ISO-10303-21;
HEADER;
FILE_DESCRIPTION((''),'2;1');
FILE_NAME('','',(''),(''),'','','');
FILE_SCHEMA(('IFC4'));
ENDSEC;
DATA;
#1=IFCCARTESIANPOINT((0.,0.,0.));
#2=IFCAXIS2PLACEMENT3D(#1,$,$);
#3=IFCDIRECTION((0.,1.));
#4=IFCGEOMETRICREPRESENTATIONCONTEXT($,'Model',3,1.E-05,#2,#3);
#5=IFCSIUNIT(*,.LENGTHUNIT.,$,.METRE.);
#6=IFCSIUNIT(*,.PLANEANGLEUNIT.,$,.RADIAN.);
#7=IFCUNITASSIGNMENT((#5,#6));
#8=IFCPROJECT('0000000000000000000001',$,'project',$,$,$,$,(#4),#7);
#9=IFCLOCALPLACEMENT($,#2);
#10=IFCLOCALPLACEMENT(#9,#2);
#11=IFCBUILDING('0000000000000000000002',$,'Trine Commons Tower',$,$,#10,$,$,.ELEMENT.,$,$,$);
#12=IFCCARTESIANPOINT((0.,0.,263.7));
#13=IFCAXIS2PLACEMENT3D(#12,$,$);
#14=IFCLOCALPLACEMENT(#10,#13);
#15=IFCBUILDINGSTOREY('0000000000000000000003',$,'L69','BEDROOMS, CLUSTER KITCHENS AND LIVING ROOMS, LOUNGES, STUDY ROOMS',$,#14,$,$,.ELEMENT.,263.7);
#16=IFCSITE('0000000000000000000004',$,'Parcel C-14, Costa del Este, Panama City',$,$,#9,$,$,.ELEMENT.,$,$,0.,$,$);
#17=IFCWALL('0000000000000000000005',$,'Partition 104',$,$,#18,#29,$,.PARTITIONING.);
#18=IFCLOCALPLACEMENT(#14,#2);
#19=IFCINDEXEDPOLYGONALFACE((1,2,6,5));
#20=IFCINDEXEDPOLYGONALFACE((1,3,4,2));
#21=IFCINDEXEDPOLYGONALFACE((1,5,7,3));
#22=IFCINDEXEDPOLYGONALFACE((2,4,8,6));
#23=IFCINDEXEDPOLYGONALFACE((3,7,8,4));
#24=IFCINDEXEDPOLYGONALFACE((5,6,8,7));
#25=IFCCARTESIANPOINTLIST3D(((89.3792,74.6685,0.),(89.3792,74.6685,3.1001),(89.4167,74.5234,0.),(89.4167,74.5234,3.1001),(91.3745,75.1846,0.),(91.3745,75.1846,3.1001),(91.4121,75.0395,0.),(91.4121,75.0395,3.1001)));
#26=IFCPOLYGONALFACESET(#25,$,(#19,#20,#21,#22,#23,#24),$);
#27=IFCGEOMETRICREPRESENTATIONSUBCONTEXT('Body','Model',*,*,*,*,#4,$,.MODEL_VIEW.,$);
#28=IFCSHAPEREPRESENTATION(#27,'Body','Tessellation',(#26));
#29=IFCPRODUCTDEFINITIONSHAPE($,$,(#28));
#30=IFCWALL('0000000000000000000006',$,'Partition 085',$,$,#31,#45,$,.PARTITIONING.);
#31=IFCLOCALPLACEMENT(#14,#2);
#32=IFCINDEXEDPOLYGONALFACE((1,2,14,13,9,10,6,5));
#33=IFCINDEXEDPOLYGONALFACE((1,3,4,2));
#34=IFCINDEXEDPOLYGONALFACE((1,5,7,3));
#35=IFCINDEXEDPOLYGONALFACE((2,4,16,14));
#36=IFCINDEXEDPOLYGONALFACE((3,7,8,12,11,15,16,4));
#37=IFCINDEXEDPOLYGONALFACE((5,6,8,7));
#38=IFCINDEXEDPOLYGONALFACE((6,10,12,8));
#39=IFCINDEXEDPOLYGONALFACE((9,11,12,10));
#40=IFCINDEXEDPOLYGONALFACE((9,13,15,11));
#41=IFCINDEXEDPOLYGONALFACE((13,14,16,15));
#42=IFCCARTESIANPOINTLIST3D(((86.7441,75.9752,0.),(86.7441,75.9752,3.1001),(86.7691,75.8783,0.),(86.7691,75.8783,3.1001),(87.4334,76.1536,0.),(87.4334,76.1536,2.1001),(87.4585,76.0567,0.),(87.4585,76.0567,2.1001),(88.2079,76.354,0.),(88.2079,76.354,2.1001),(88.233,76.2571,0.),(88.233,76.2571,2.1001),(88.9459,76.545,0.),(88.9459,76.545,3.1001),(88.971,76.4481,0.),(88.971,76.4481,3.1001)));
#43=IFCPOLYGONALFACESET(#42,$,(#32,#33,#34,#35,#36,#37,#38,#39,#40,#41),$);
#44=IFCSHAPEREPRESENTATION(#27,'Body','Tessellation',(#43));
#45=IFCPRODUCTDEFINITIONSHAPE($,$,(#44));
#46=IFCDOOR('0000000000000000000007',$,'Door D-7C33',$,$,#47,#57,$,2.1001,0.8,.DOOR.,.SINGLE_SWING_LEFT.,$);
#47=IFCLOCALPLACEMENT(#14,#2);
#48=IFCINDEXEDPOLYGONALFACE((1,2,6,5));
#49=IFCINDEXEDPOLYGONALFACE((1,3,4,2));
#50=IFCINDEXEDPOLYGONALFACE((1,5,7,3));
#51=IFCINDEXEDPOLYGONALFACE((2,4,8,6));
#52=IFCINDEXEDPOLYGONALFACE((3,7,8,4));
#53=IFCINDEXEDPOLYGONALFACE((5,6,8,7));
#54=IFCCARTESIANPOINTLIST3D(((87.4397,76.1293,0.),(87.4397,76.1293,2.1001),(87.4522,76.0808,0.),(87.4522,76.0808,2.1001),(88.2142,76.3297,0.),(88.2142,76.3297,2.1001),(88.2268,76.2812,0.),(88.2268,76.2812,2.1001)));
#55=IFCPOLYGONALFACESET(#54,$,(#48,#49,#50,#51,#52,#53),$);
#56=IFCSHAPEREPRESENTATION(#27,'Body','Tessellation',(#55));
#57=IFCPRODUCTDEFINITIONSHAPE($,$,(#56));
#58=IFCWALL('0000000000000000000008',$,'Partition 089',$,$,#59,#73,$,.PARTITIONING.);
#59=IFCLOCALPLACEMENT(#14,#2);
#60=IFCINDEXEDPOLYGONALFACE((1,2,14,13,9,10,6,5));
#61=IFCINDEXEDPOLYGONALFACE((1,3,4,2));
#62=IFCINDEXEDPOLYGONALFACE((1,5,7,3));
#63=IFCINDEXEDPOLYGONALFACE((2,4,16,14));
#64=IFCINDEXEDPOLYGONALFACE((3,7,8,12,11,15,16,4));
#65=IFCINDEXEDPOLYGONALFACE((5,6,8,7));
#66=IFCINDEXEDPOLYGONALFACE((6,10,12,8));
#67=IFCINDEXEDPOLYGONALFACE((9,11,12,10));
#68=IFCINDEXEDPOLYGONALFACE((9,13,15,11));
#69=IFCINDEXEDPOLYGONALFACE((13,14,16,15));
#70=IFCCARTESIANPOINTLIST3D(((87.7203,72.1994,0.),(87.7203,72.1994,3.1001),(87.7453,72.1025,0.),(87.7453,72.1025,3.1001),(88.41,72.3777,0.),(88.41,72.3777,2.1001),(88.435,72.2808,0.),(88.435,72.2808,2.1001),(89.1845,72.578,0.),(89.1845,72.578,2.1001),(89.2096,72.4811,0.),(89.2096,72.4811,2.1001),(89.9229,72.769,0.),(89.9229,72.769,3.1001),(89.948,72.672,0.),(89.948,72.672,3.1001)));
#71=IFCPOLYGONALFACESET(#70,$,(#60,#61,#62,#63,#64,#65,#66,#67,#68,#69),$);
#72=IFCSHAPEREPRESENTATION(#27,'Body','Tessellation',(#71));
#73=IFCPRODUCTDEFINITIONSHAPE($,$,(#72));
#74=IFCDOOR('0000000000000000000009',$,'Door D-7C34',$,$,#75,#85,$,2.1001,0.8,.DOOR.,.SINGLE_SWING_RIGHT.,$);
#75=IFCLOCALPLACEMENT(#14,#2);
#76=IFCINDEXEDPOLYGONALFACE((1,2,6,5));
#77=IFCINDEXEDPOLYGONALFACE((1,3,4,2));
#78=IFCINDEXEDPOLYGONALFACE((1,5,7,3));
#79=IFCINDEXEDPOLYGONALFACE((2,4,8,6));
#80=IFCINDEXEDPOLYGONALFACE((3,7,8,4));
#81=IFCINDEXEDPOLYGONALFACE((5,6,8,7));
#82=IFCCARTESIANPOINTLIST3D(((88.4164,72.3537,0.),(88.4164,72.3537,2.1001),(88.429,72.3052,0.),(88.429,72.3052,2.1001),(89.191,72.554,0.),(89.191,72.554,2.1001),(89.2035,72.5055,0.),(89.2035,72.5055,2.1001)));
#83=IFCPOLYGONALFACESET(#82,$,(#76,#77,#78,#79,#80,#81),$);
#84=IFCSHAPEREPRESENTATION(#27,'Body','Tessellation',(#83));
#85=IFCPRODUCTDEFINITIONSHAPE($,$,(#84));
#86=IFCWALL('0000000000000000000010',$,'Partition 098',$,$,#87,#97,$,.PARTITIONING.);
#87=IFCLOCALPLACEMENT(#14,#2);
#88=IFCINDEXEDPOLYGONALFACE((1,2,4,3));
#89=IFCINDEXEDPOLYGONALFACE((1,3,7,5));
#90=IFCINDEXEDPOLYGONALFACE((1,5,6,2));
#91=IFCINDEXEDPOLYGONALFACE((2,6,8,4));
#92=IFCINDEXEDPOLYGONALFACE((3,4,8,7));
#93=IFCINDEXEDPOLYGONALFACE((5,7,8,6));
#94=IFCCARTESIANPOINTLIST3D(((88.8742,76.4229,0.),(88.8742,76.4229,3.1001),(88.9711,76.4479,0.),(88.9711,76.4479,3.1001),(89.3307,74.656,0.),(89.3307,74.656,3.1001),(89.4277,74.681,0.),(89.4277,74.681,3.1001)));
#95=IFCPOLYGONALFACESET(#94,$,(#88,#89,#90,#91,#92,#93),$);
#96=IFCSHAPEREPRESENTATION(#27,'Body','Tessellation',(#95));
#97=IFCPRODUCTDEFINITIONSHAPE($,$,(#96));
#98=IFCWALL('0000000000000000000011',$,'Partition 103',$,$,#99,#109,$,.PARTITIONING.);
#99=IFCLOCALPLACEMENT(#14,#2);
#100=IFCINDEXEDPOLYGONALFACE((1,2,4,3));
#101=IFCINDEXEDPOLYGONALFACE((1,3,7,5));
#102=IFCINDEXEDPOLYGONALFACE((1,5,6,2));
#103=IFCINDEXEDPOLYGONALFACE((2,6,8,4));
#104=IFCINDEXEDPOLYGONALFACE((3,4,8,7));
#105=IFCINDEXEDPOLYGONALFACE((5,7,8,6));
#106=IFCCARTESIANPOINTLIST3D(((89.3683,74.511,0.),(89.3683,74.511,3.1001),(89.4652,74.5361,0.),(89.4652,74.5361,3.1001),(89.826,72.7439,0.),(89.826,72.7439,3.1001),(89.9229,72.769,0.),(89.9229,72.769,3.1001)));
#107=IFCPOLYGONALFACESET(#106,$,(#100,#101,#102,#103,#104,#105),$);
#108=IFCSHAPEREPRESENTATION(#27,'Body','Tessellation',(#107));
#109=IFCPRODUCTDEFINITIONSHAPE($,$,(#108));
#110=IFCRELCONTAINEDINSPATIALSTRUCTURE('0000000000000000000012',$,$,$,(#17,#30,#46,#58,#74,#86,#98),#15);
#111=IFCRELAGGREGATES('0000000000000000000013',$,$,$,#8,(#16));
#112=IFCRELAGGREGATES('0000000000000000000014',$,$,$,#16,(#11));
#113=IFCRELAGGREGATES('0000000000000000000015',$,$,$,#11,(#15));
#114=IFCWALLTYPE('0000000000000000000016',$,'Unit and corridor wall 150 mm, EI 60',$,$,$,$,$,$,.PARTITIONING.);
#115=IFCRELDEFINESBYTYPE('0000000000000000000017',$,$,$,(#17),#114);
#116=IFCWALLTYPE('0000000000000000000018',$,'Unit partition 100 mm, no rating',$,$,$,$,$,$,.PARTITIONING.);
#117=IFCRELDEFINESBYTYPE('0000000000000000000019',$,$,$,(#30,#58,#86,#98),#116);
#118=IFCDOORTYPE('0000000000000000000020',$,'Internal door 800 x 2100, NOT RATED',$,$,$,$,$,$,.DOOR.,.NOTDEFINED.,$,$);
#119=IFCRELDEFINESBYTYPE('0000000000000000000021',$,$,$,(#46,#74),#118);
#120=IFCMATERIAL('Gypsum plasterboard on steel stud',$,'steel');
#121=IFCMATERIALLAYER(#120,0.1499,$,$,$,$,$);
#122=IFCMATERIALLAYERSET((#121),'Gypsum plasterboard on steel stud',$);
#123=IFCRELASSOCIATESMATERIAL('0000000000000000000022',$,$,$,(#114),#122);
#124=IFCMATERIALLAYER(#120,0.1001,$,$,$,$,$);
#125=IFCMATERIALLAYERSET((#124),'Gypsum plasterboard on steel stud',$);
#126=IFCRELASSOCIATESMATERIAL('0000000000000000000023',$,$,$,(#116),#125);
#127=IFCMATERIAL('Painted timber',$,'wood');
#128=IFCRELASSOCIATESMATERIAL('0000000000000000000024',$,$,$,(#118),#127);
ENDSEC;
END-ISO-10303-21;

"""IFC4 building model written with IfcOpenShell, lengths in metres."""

from ifc_helpers import new_model, si_unit, direction, frame, frame_2d, origin, place, context, subcontext, project, spatial, rectangle, extrude, material, layer, layer_set, type_object, element, fill, save


model = new_model("IFC4")

# Units and contexts
model_context = context("Model", 3, precision=1e-05, world=origin(), true_north=direction((0.0, 1.0)))
body_context = subcontext(model_context, "Body", "Model", "MODEL_VIEW")
ifc_project = project(units=[si_unit("LENGTHUNIT", "METRE"), si_unit("PLANEANGLEUNIT", "RADIAN")], contexts=[model_context])

# Site, building, storey
site_placement = place(None, origin())
site = spatial("IfcSite", under=ifc_project, at=site_placement, Name="Parcel C-14, Costa del Este, Panama City", CompositionType="ELEMENT", RefElevation=0.0)
building_placement = place(site_placement, origin())
building = spatial("IfcBuilding", under=site, at=building_placement, Name="Trine Commons Tower", CompositionType="ELEMENT")
storey_placement = place(building_placement, frame((0.0, 0.0, 263.7)))
storey = spatial("IfcBuildingStorey", under=building, at=storey_placement, Name="L69", Description="BEDROOMS, CLUSTER KITCHENS AND LIVING ROOMS, LOUNGES, STUDY ROOMS", CompositionType="ELEMENT", Elevation=263.7)

# Shared definitions
ifc_material_1 = material(Name="Gypsum plasterboard on steel stud", Category="steel")
ifc_layer_1 = layer(ifc_material_1, 0.1499)
ifc_layer_set_1 = layer_set([ifc_layer_1], Name="Gypsum plasterboard on steel stud")
wall_type_1 = type_object("IfcWallType", Name="Unit and corridor wall 150 mm, EI 60", PredefinedType="PARTITIONING", material=ifc_layer_set_1)

# Wall
wall_1_placement = place(storey_placement, frame((89.3979, 74.5959, 0.0), z_axis=(0.0, 0.0, 1.0), x_axis=(0.968138, 0.250415, 0.0)))
element("IfcWall", 1, at=wall_1_placement, inside=storey, type_object=wall_type_1, Name="Partition 104", PredefinedType="PARTITIONING", context=body_context, shape_type="SweptSolid", body=[
    extrude(rectangle(XDim=2.061, YDim=0.1499, at=frame_2d((1.0305, 0.0))), origin(), (0.0, 0.0, 1.0), 3.1001),
])

# Walls, openings, doors
ifc_layer_2 = layer(ifc_material_1, 0.1001)
ifc_layer_set_2 = layer_set([ifc_layer_2], Name="Gypsum plasterboard on steel stud")
wall_type_2 = type_object("IfcWallType", Name="Unit partition 100 mm, no rating", PredefinedType="PARTITIONING", material=ifc_layer_set_2)
wall_2_placement = place(storey_placement, frame((86.7566, 75.9268, 0.0), z_axis=(0.0, 0.0, 1.0), x_axis=(0.968108, 0.250534, 0.0)))
wall_2 = element("IfcWall", 2, at=wall_2_placement, inside=storey, type_object=wall_type_2, Name="Partition 085", PredefinedType="PARTITIONING", context=body_context, shape_type="SweptSolid", body=[
    extrude(rectangle(XDim=2.2744, YDim=0.1001, at=frame_2d((1.1372, 0.0))), origin(), (0.0, 0.0, 1.0), 3.1001),
])
opening_1_placement = place(wall_2_placement, frame((0.7122, 0.0, 0.0)))
opening_1 = element("IfcOpeningElement", 3, at=opening_1_placement, cuts=wall_2, PredefinedType="OPENING", context=body_context, shape_type="SweptSolid", body=[
    extrude(rectangle(XDim=0.8, YDim=2.1001, at=frame_2d((0.3999, 1.05))), frame((0.0, 0.0601, 0.0), z_axis=(0.0, -1.0, 0.0), x_axis=(1.0, 0.0, 0.0)), (0.0, 0.0, 1.0), 0.1201),
])
ifc_material_2 = material(Name="Painted timber", Category="wood")
door_type_1 = type_object("IfcDoorType", Name="Internal door 800 x 2100, NOT RATED", OperationType="NOTDEFINED", PredefinedType="DOOR", material=ifc_material_2)
door_1_placement = place(opening_1_placement, origin())
door_1 = element("IfcDoor", 4, at=door_1_placement, inside=storey, type_object=door_type_1, Name="Door D-7C33", OperationType="SINGLE_SWING_LEFT", OverallHeight=2.1001, OverallWidth=0.8, PredefinedType="DOOR", context=body_context, shape_type="SweptSolid", body=[
    extrude(rectangle(XDim=0.8, YDim=2.1001, at=frame_2d((0.3999, 1.05))), frame((0.0, 0.0249, 0.0), z_axis=(0.0, -1.0, 0.0), x_axis=(1.0, 0.0, 0.0)), (0.0, 0.0, 1.0), 0.05),
])
fill(opening_1, door_1)
wall_3_placement = place(storey_placement, frame((87.7327, 72.1509, 0.0), z_axis=(0.0, 0.0, 1.0), x_axis=(0.968154, 0.250355, 0.0)))
wall_3 = element("IfcWall", 5, at=wall_3_placement, inside=storey, type_object=wall_type_2, Name="Partition 089", PredefinedType="PARTITIONING", context=body_context, shape_type="SweptSolid", body=[
    extrude(rectangle(XDim=2.2751, YDim=0.1001, at=frame_2d((1.1377, 0.0))), origin(), (0.0, 0.0, 1.0), 3.1001),
])
opening_2_placement = place(wall_3_placement, frame((0.7126, 0.0, 0.0)))
opening_2 = element("IfcOpeningElement", 6, at=opening_2_placement, cuts=wall_3, PredefinedType="OPENING", context=body_context, shape_type="SweptSolid", body=[
    extrude(rectangle(XDim=0.8, YDim=2.1001, at=frame_2d((0.3999, 1.05))), frame((0.0, 0.0601, 0.0), z_axis=(0.0, -1.0, 0.0), x_axis=(1.0, 0.0, 0.0)), (0.0, 0.0, 1.0), 0.1201),
])
door_2_placement = place(opening_2_placement, frame((0.8, 0.0, 0.0), z_axis=(0.0, 0.0, 1.0), x_axis=(-1.0, 0.0, 0.0)))
door_2 = element("IfcDoor", 7, at=door_2_placement, inside=storey, type_object=door_type_1, Name="Door D-7C34", OperationType="SINGLE_SWING_RIGHT", OverallHeight=2.1001, OverallWidth=0.8, PredefinedType="DOOR", context=body_context, shape_type="SweptSolid", body=[
    extrude(rectangle(XDim=0.8, YDim=2.1001, at=frame_2d((0.3999, 1.05))), frame((0.0, 0.0249, 0.0), z_axis=(0.0, -1.0, 0.0), x_axis=(1.0, 0.0, 0.0)), (0.0, 0.0, 1.0), 0.05),
])
fill(opening_2, door_2)

# Walls
wall_4_placement = place(storey_placement, frame((88.9226, 76.4355, 0.0), z_axis=(0.0, 0.0, 1.0), x_axis=(0.250177, -0.9682, 0.0)))
element("IfcWall", 8, at=wall_4_placement, inside=storey, type_object=wall_type_2, Name="Partition 098", PredefinedType="PARTITIONING", context=body_context, shape_type="SweptSolid", body=[
    extrude(rectangle(XDim=1.825, YDim=0.1001, at=frame_2d((0.9126, 0.0))), origin(), (0.0, 0.0, 1.0), 3.1001),
])
wall_5_placement = place(storey_placement, frame((89.4167, 74.5234, 0.0), z_axis=(0.0, 0.0, 1.0), x_axis=(0.250772, -0.968046, 0.0)))
element("IfcWall", 9, at=wall_5_placement, inside=storey, type_object=wall_type_2, Name="Partition 103", PredefinedType="PARTITIONING", context=body_context, shape_type="SweptSolid", body=[
    extrude(rectangle(XDim=1.8254, YDim=0.1001, at=frame_2d((0.9126, 0.0))), origin(), (0.0, 0.0, 1.0), 3.1001),
])

save(model, "model.ifc")
